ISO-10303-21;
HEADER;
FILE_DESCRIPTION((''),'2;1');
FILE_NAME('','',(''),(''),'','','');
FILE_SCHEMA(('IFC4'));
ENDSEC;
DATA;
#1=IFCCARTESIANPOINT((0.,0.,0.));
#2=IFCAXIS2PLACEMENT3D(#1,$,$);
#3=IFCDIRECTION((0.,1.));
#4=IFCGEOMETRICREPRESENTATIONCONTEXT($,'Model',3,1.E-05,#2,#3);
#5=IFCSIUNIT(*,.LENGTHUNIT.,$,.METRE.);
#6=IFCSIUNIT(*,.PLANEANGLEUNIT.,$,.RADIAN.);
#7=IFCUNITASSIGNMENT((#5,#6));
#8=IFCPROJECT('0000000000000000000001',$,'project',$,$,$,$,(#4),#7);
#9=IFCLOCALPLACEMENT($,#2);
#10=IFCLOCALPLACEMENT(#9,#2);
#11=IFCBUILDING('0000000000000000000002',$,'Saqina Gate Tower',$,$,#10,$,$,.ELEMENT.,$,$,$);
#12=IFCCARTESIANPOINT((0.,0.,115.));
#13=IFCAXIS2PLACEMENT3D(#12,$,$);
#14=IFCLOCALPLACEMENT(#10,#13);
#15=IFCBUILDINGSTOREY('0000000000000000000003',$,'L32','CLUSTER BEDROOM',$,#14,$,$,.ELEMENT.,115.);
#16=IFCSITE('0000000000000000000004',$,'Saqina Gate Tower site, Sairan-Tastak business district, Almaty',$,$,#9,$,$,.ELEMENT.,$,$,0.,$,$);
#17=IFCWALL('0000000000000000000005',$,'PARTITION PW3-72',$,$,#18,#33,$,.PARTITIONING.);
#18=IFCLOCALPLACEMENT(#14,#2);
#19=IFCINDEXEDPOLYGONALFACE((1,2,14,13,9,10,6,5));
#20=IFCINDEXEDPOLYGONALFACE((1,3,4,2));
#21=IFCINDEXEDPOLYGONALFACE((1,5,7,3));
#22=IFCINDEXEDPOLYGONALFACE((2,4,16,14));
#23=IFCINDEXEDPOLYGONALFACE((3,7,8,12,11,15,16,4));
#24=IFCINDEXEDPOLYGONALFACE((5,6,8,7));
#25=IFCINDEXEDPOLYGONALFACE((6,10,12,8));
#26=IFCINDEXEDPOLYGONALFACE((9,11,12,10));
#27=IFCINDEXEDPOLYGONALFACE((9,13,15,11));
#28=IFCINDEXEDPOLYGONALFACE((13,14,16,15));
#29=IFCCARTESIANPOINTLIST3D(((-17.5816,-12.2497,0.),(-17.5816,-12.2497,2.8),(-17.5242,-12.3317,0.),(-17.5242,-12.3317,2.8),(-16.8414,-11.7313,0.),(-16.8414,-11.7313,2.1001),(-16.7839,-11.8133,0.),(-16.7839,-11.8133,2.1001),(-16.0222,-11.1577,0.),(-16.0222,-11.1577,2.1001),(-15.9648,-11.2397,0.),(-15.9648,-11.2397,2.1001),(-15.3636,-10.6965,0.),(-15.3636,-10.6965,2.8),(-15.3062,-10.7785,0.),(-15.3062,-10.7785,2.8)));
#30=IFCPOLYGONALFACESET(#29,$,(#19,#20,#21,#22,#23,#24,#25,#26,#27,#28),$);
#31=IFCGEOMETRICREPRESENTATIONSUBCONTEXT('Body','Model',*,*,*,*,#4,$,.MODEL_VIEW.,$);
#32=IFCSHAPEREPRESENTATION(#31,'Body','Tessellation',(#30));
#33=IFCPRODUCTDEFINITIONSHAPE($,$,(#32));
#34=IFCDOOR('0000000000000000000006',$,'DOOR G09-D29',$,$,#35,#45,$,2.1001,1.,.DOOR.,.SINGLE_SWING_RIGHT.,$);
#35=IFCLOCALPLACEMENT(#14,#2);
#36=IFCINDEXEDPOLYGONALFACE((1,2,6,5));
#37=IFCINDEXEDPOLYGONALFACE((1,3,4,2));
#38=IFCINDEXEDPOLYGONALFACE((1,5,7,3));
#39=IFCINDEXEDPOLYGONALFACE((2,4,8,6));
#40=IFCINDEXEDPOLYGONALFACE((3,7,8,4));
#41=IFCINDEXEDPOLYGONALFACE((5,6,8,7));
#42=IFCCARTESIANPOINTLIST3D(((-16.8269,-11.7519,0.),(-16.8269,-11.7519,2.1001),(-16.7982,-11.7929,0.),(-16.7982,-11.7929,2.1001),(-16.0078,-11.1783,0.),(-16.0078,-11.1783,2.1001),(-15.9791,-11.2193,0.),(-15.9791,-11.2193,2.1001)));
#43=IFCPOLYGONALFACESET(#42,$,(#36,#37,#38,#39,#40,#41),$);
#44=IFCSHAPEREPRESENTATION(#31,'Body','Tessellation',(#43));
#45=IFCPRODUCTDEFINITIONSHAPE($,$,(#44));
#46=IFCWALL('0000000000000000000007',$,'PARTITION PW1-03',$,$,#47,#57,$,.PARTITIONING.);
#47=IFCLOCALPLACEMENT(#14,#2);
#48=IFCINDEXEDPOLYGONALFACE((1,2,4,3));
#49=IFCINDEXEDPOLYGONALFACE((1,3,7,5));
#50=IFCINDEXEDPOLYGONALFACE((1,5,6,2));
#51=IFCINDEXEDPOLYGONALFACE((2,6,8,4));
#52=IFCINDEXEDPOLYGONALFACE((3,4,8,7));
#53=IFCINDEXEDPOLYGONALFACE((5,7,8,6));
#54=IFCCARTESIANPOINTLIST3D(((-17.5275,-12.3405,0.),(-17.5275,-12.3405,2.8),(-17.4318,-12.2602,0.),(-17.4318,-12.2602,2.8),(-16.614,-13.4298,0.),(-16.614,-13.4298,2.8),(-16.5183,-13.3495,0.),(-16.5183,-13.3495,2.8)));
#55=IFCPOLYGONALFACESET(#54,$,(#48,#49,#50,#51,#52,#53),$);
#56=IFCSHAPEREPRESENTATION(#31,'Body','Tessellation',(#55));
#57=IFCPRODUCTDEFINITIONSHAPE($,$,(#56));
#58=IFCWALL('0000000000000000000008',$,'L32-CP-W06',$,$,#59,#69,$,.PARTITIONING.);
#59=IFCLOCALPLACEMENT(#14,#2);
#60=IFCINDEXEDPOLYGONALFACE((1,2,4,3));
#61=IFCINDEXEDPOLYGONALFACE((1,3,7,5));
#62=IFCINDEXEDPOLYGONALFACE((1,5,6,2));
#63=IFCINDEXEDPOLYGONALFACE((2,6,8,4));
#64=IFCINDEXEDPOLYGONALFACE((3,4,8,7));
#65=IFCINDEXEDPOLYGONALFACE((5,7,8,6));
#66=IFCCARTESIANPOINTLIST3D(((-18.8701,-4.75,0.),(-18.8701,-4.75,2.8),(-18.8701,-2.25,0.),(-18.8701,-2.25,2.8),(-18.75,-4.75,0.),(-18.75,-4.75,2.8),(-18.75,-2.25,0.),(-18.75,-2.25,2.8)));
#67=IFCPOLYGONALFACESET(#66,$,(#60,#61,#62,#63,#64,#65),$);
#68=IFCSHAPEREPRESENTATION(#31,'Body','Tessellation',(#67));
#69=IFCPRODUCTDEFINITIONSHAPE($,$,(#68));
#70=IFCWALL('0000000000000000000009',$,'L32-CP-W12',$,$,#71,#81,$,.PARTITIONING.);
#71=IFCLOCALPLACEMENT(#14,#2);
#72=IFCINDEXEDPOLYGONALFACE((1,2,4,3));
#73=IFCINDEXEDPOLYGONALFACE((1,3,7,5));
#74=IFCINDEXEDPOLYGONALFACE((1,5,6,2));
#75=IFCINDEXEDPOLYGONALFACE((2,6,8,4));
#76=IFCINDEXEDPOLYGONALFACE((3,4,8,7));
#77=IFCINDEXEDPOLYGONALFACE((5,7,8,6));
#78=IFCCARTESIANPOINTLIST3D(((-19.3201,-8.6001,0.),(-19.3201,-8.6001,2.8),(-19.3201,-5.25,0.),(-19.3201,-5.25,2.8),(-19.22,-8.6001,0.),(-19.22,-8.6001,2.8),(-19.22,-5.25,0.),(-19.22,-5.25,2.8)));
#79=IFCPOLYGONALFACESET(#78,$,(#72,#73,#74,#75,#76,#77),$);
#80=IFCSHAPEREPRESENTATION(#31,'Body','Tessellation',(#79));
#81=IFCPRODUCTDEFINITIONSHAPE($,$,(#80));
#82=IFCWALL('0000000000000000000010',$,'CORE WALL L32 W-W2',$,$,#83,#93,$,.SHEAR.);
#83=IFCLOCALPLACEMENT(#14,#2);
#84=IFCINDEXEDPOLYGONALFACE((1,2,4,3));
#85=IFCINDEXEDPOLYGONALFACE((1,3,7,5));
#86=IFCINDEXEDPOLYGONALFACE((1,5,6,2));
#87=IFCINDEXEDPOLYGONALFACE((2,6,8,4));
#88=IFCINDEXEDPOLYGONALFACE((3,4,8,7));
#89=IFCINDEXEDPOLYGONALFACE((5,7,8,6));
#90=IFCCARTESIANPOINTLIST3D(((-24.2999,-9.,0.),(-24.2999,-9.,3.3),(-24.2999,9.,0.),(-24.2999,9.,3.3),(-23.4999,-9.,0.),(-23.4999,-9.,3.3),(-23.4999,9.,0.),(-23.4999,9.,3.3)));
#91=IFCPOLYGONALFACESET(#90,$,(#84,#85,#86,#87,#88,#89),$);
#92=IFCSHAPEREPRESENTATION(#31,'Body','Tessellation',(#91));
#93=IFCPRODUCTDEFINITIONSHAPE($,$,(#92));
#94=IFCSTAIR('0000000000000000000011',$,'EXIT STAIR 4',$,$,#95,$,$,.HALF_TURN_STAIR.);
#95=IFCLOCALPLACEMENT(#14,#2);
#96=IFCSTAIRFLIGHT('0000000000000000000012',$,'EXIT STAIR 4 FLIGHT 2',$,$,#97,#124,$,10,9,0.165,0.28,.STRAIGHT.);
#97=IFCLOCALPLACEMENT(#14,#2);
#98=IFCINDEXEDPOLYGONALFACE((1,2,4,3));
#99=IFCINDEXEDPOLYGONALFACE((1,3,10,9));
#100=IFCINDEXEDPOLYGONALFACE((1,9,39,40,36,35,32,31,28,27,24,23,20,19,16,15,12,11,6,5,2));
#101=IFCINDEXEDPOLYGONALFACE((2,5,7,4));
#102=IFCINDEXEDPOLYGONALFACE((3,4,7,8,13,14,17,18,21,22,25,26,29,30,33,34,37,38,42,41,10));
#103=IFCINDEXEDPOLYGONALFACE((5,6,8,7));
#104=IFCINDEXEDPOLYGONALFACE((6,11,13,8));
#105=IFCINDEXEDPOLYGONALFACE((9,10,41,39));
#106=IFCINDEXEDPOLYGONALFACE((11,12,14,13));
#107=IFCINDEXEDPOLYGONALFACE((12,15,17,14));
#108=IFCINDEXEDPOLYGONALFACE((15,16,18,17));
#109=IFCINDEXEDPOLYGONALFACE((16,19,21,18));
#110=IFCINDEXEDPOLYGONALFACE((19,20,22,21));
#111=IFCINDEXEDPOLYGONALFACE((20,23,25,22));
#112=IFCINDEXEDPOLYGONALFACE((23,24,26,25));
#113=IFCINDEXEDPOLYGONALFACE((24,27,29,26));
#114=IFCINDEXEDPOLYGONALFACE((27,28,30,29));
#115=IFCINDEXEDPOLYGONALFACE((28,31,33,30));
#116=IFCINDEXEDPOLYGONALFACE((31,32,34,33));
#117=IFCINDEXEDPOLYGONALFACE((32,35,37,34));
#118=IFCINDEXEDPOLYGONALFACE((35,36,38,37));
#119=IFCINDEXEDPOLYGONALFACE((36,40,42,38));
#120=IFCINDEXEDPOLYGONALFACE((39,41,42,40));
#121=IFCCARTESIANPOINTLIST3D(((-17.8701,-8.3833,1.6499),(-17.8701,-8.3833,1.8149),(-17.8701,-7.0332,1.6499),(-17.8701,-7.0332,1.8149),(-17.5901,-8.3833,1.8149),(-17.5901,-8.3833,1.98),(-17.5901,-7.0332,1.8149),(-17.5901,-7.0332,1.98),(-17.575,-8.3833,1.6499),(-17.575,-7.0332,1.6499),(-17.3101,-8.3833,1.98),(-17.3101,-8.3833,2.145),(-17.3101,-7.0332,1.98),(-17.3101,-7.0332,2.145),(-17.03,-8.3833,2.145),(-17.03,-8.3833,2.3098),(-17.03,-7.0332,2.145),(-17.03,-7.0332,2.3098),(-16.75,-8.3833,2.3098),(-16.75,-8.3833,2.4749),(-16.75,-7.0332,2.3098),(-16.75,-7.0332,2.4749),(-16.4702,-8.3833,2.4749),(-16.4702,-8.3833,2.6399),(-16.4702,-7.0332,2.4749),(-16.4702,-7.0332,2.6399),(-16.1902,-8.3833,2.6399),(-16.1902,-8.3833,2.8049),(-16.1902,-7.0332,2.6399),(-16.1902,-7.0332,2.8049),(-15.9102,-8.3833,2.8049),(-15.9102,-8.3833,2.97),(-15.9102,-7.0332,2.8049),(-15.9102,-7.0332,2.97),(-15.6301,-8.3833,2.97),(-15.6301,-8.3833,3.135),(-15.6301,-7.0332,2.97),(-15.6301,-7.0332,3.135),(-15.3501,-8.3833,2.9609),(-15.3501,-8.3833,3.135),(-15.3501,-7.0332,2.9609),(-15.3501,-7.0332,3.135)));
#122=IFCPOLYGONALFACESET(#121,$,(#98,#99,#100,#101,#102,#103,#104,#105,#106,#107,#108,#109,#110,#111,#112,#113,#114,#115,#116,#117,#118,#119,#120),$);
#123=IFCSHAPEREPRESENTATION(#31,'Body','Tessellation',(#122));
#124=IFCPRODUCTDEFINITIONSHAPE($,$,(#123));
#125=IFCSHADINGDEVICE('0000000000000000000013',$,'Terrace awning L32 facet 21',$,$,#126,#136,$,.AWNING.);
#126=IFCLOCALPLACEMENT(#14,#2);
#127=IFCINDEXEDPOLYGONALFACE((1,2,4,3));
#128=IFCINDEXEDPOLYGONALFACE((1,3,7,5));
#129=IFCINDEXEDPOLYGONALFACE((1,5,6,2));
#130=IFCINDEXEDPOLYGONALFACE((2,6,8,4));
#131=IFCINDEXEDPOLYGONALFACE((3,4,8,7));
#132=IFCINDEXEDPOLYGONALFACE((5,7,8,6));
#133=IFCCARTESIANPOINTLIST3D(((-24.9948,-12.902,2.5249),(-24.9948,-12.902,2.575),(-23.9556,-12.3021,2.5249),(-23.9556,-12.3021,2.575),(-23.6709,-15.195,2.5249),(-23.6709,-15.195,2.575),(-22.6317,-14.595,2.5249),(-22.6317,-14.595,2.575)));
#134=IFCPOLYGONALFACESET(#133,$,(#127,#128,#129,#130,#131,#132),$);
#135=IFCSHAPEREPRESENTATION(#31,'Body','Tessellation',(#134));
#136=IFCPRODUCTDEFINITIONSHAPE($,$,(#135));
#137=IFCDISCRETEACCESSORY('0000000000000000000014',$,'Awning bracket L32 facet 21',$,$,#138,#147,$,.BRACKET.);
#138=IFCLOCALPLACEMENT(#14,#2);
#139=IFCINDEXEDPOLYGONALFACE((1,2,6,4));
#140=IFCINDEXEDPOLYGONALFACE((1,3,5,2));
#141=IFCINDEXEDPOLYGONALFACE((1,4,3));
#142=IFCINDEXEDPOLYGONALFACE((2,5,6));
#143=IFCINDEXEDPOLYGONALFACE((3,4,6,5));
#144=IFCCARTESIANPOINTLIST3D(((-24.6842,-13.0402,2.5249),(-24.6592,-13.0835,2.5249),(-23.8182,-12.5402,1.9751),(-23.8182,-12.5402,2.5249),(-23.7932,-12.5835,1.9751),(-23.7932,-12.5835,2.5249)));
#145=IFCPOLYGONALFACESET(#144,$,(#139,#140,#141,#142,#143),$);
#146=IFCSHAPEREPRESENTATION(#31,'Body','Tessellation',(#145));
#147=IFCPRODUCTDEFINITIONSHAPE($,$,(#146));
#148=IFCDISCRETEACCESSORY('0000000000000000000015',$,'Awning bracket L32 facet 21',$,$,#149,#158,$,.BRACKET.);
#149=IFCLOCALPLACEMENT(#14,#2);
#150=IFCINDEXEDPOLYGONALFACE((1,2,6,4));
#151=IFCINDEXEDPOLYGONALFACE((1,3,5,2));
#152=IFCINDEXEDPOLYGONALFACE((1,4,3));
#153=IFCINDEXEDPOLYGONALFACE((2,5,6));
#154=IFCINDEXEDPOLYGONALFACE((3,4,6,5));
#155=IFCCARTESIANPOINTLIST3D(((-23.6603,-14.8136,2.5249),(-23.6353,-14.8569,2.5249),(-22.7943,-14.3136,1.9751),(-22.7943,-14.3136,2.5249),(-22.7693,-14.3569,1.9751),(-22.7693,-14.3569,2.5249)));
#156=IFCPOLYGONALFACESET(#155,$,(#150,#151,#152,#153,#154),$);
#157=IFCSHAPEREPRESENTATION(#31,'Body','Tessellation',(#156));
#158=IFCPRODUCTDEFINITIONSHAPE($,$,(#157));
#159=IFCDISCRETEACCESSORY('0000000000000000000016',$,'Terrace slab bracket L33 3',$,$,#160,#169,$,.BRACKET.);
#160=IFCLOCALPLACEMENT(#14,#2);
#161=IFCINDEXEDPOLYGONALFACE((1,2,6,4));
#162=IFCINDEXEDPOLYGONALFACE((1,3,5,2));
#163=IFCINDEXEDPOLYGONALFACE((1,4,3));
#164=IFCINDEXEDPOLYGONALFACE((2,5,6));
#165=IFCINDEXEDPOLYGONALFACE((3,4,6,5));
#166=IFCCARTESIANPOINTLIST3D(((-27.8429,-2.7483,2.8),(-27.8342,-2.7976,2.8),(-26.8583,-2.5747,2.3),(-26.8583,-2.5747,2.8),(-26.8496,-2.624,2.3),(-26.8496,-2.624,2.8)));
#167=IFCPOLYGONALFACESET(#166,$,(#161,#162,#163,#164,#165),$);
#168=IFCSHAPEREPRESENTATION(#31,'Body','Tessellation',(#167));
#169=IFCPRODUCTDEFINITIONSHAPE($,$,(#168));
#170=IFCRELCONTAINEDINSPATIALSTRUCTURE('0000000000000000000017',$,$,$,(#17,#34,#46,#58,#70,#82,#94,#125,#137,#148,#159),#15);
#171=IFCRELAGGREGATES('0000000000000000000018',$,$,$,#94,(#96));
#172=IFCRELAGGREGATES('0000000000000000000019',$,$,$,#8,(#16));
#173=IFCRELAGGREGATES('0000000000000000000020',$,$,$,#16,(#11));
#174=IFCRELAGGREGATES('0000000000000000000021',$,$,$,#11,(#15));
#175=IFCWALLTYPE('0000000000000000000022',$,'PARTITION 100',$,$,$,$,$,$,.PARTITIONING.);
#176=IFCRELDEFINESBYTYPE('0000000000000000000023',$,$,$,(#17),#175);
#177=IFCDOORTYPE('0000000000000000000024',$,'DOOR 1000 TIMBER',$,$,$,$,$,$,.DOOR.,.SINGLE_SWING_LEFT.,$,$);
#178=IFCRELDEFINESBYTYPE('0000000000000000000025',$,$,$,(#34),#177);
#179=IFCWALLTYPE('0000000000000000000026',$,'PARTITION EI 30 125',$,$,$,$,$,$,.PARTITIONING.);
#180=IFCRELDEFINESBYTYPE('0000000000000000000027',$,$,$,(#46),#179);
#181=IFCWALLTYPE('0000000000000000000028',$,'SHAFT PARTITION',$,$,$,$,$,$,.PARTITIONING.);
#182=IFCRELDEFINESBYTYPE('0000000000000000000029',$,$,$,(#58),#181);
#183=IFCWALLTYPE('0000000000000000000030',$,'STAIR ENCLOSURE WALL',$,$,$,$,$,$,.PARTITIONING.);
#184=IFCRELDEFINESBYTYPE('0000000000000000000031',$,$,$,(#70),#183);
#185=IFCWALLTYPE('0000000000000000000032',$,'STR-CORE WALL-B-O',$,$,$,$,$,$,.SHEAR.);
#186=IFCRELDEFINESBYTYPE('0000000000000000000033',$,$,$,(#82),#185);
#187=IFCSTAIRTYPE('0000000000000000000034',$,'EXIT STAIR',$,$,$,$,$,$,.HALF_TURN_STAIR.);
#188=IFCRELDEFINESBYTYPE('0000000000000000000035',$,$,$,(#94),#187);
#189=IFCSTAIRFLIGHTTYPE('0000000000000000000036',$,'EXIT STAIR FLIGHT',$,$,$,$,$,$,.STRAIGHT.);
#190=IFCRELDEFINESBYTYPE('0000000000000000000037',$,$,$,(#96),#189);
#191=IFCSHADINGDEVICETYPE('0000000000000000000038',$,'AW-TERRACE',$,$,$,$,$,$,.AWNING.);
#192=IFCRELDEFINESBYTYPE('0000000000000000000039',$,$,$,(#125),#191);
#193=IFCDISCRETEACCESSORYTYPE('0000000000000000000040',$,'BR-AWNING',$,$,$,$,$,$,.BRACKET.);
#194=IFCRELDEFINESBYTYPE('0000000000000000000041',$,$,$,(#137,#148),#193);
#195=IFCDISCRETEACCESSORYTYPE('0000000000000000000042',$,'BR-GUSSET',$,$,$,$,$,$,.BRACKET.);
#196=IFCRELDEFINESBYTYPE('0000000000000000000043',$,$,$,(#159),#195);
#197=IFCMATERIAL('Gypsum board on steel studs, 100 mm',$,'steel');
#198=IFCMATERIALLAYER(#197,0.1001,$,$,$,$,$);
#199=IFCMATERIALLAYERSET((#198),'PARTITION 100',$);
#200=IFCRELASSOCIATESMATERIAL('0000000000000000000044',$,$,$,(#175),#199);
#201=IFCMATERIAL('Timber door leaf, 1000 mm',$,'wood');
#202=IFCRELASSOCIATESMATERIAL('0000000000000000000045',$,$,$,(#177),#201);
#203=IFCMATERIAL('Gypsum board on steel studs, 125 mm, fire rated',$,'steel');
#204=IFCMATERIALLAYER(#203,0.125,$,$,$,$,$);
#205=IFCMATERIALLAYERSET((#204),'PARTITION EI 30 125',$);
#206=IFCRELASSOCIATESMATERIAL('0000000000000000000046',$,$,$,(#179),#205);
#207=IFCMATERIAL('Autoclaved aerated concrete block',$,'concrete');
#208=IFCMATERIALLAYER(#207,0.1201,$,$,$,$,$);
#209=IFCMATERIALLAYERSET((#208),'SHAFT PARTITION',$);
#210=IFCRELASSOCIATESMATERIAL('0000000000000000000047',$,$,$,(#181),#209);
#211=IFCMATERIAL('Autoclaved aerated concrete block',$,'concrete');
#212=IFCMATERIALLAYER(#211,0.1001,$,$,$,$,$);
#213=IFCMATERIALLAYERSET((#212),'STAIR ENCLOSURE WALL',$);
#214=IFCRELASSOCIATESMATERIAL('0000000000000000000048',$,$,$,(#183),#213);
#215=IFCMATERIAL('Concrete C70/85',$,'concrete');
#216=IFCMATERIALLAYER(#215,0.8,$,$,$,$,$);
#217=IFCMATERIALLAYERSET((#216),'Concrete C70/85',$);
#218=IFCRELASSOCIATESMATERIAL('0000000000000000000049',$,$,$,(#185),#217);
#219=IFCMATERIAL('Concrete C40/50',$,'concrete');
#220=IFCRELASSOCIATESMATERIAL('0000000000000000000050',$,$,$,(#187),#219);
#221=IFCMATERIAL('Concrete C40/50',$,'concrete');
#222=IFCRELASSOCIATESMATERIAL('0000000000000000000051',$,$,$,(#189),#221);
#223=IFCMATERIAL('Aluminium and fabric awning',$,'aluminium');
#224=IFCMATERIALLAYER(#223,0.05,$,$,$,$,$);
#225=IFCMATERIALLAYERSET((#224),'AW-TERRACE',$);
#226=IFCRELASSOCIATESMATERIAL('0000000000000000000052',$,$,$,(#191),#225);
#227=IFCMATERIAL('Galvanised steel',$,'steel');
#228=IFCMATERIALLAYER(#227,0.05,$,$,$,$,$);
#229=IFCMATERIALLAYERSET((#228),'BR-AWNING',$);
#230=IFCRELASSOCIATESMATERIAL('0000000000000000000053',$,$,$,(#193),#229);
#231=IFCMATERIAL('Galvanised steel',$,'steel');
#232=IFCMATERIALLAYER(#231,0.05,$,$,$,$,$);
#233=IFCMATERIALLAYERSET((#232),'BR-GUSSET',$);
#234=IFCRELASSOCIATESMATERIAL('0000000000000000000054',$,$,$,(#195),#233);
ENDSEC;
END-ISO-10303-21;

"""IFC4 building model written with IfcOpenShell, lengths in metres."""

from ifc_helpers import new_model, si_unit, direction, frame, frame_2d, origin, origin_2d, place, context, subcontext, project, spatial, polyline, rectangle, outline, extrude, material, layer, layer_set, type_object, element, fill, aggregate, save


model = new_model("IFC4")

# Units and contexts
model_context = context("Model", 3, precision=1e-05, world=origin(), true_north=direction((0.0, 1.0)))
body_context = subcontext(model_context, "Body", "Model", "MODEL_VIEW")
ifc_project = project(units=[si_unit("LENGTHUNIT", "METRE"), si_unit("PLANEANGLEUNIT", "RADIAN")], contexts=[model_context])

# Site, building, storey
site_placement = place(None, origin())
site = spatial("IfcSite", under=ifc_project, at=site_placement, Name="Saqina Gate Tower site, Sairan-Tastak business district, Almaty", CompositionType="ELEMENT", RefElevation=0.0)
building_placement = place(site_placement, origin())
building = spatial("IfcBuilding", under=site, at=building_placement, Name="Saqina Gate Tower", CompositionType="ELEMENT")
storey_placement = place(building_placement, frame((0.0, 0.0, 115.0)))
storey = spatial("IfcBuildingStorey", under=building, at=storey_placement, Name="L32", Description="CLUSTER BEDROOM", CompositionType="ELEMENT", Elevation=115.0)

# Shared definitions
ifc_material_1 = material(Name="Gypsum board on steel studs, 100 mm", Category="steel")
ifc_layer_1 = layer(ifc_material_1, 0.1001)
ifc_layer_set_1 = layer_set([ifc_layer_1], Name="PARTITION 100")
wall_type_1 = type_object("IfcWallType", Name="PARTITION 100", PredefinedType="PARTITIONING", material=ifc_layer_set_1)

# Wall, opening, door
wall_1_placement = place(storey_placement, frame((-17.553, -12.2908, 0.0), z_axis=(0.0, 0.0, 1.0), x_axis=(0.819126, 0.573614, 0.0)))
wall_1 = element("IfcWall", 1, at=wall_1_placement, inside=storey, type_object=wall_type_1, Name="PARTITION PW3-72", PredefinedType="PARTITIONING", context=body_context, shape_type="SweptSolid", body=[
    extrude(rectangle(XDim=2.7078, YDim=0.1001, at=frame_2d((1.354, 0.0))), origin(), (0.0, 0.0, 1.0), 2.8),
])
opening_1_placement = place(wall_1_placement, frame((0.9038, 0.0, 0.0)))
opening_1 = element("IfcOpeningElement", 2, at=opening_1_placement, cuts=wall_1, PredefinedType="OPENING", context=body_context, shape_type="SweptSolid", body=[
    extrude(rectangle(XDim=1.0, YDim=2.1001, at=frame_2d((0.5, 1.05))), frame((0.0, 0.062, 0.0), z_axis=(0.0, -1.0, 0.0), x_axis=(1.0, 0.0, 0.0)), (0.0, 0.0, 1.0), 0.124),
])
ifc_material_2 = material(Name="Timber door leaf, 1000 mm", Category="wood")
door_type_1 = type_object("IfcDoorType", Name="DOOR 1000 TIMBER", OperationType="SINGLE_SWING_LEFT", PredefinedType="DOOR", material=ifc_material_2)
door_1_placement = place(opening_1_placement, origin())
door_1 = element("IfcDoor", 3, at=door_1_placement, inside=storey, type_object=door_type_1, Name="DOOR G09-D29", OperationType="SINGLE_SWING_RIGHT", OverallHeight=2.1001, OverallWidth=1.0, PredefinedType="DOOR", context=body_context, shape_type="SweptSolid", body=[
    extrude(rectangle(XDim=1.0, YDim=2.1001, at=frame_2d((0.5, 1.05))), frame((0.0, 0.0249, 0.0), z_axis=(0.0, -1.0, 0.0), x_axis=(1.0, 0.0, 0.0)), (0.0, 0.0, 1.0), 0.05),
])
fill(opening_1, door_1)

# Walls
ifc_material_3 = material(Name="Gypsum board on steel studs, 125 mm, fire rated", Category="steel")
ifc_layer_2 = layer(ifc_material_3, 0.125)
ifc_layer_set_2 = layer_set([ifc_layer_2], Name="PARTITION EI 30 125")
wall_type_2 = type_object("IfcWallType", Name="PARTITION EI 30 125", PredefinedType="PARTITIONING", material=ifc_layer_set_2)
wall_2_placement = place(storey_placement, frame((-17.4797, -12.3003, 0.0), z_axis=(0.0, 0.0, 1.0), x_axis=(0.64258, -0.766219, 0.0)))
element("IfcWall", 4, at=wall_2_placement, inside=storey, type_object=wall_type_2, Name="PARTITION PW1-03", PredefinedType="PARTITIONING", context=body_context, shape_type="SweptSolid", body=[
    extrude(rectangle(XDim=1.4216, YDim=0.125, at=frame_2d((0.7109, 0.0))), origin(), (0.0, 0.0, 1.0), 2.8),
])
ifc_material_4 = material(Name="Autoclaved aerated concrete block", Category="concrete")
ifc_layer_3 = layer(ifc_material_4, 0.1201)
ifc_layer_set_3 = layer_set([ifc_layer_3], Name="SHAFT PARTITION")
wall_type_3 = type_object("IfcWallType", Name="SHAFT PARTITION", PredefinedType="PARTITIONING", material=ifc_layer_set_3)
wall_3_placement = place(storey_placement, frame((-18.8101, -4.75, 0.0), z_axis=(0.0, 0.0, 1.0), x_axis=(0.0, 1.0, 0.0)))
element("IfcWall", 5, at=wall_3_placement, inside=storey, type_object=wall_type_3, Name="L32-CP-W06", PredefinedType="PARTITIONING", context=body_context, shape_type="SweptSolid", body=[
    extrude(rectangle(XDim=2.5, YDim=0.1201, at=frame_2d((1.25, 0.0))), origin(), (0.0, 0.0, 1.0), 2.8),
])
ifc_material_5 = material(Name="Autoclaved aerated concrete block", Category="concrete")
ifc_layer_4 = layer(ifc_material_5, 0.1001)
ifc_layer_set_4 = layer_set([ifc_layer_4], Name="STAIR ENCLOSURE WALL")
wall_type_4 = type_object("IfcWallType", Name="STAIR ENCLOSURE WALL", PredefinedType="PARTITIONING", material=ifc_layer_set_4)
wall_4_placement = place(storey_placement, frame((-19.27, -8.6001, 0.0), z_axis=(0.0, 0.0, 1.0), x_axis=(0.0, 1.0, 0.0)))
element("IfcWall", 6, at=wall_4_placement, inside=storey, type_object=wall_type_4, Name="L32-CP-W12", PredefinedType="PARTITIONING", context=body_context, shape_type="SweptSolid", body=[
    extrude(rectangle(XDim=3.3501, YDim=0.1001, at=frame_2d((1.675, 0.0))), origin(), (0.0, 0.0, 1.0), 2.8),
])
ifc_material_6 = material(Name="Concrete C70/85", Category="concrete")
ifc_layer_5 = layer(ifc_material_6, 0.8)
ifc_layer_set_5 = layer_set([ifc_layer_5], Name="Concrete C70/85")
wall_type_5 = type_object("IfcWallType", Name="STR-CORE WALL-B-O", PredefinedType="SHEAR", material=ifc_layer_set_5)
wall_5_placement = place(storey_placement, frame((-23.8999, -9.0, 0.0), z_axis=(0.0, 0.0, 1.0), x_axis=(0.0, 1.0, 0.0)))
element("IfcWall", 7, at=wall_5_placement, inside=storey, type_object=wall_type_5, Name="CORE WALL L32 W-W2", PredefinedType="SHEAR", context=body_context, shape_type="SweptSolid", body=[
    extrude(rectangle(XDim=18.0, YDim=0.8, at=frame_2d((9.0, 0.0))), origin(), (0.0, 0.0, 1.0), 3.3),
])

# Stair, stair flight
ifc_material_7 = material(Name="Concrete C40/50", Category="concrete")
stair_type = type_object("IfcStairType", Name="EXIT STAIR", PredefinedType="HALF_TURN_STAIR", material=ifc_material_7)
stair_placement = place(storey_placement, origin())
stair = element("IfcStair", 8, at=stair_placement, inside=storey, type_object=stair_type, Name="EXIT STAIR 4", PredefinedType="HALF_TURN_STAIR")
ifc_material_8 = material(Name="Concrete C40/50", Category="concrete")
stair_flight_type = type_object("IfcStairFlightType", Name="EXIT STAIR FLIGHT", PredefinedType="STRAIGHT", material=ifc_material_8)
stair_flight_placement = place(storey_placement, frame((-17.8701, -7.7083, 1.6499), z_axis=(0.0, 0.0, 1.0), x_axis=(1.0, 0.0, 0.0)))
stair_flight = element("IfcStairFlight", 9, at=stair_flight_placement, type_object=stair_flight_type, Name="EXIT STAIR 4 FLIGHT 2", NumberOfRisers=10, NumberOfTreads=9, PredefinedType="STRAIGHT", RiserHeight=0.165, TreadLength=0.28, context=body_context, shape_type="SweptSolid", body=[
    extrude(outline(polyline([(0.0, 0.0), (0.0, 0.165), (0.28, 0.165), (0.28, 0.3301), (0.5601, 0.3301), (0.5601, 0.4951), (0.8401, 0.4951), (0.8401, 0.6599), (1.1201, 0.6599), (1.1201, 0.825), (1.3999, 0.825), (1.3999, 0.99), (1.6799, 0.99), (1.6799, 1.155), (1.96, 1.155), (1.96, 1.3201), (2.24, 1.3201), (2.24, 1.4851), (2.52, 1.4851), (2.52, 1.6499), (2.52, 1.311), (0.2952, 0.0), (0.0, 0.0)])), frame((0.0, 0.675, 0.0), z_axis=(0.0, -1.0, 0.0), x_axis=(1.0, 0.0, 0.0)), (0.0, 0.0, 1.0), 1.3501),
])
aggregate(stair, [stair_flight])

# Shading device
ifc_material_9 = material(Name="Aluminium and fabric awning", Category="aluminium")
ifc_layer_6 = layer(ifc_material_9, 0.05)
ifc_layer_set_6 = layer_set([ifc_layer_6], Name="AW-TERRACE")
shading_device_type = type_object("IfcShadingDeviceType", Name="AW-TERRACE", PredefinedType="AWNING", material=ifc_layer_set_6)
shading_device_placement = place(storey_placement, frame((-23.8132, -13.7485, 2.5249), z_axis=(0.0, 0.0, 1.0), x_axis=(0.5, -0.866025, 0.0)))
element("IfcShadingDevice", 10, at=shading_device_placement, inside=storey, type_object=shading_device_type, Name="Terrace awning L32 facet 21", PredefinedType="AWNING", context=body_context, shape_type="SweptSolid", body=[
    extrude(rectangle(XDim=2.6477, YDim=1.2, at=origin_2d()), origin(), (0.0, 0.0, 1.0), 0.05),
])

# Discrete accessories
ifc_material_10 = material(Name="Galvanised steel", Category="steel")
ifc_layer_7 = layer(ifc_material_10, 0.05)
ifc_layer_set_7 = layer_set([ifc_layer_7], Name="BR-AWNING")
discrete_accessory_type_1 = type_object("IfcDiscreteAccessoryType", Name="BR-AWNING", PredefinedType="BRACKET", material=ifc_layer_set_7)
for number, where, z_axis, x_axis, name in (
    (11, (-23.7932, -12.5835, 1.9751), (0.500025, -0.866011, 0.0), (0.0, 0.0, 1.0), "Awning bracket L32 facet 21"),
    (12, (-22.7693, -14.3569, 1.9751), (0.500025, -0.866011, 0.0), (0.0, 0.0, 1.0), "Awning bracket L32 facet 21"),
):
    element("IfcDiscreteAccessory", number, at=place(storey_placement, frame(where, z_axis=z_axis, x_axis=x_axis)), inside=storey, type_object=discrete_accessory_type_1, Name=name, PredefinedType="BRACKET", context=body_context, shape_type="SweptSolid", body=[
        extrude(outline(polyline([(0.0, 0.0), (0.5498, 0.0), (0.5498, 0.9999), (0.0, 0.0)])), origin(), (0.0, 0.0, -1.0), 0.05),
    ])
ifc_material_11 = material(Name="Galvanised steel", Category="steel")
ifc_layer_8 = layer(ifc_material_11, 0.05)
ifc_layer_set_8 = layer_set([ifc_layer_8], Name="BR-GUSSET")
discrete_accessory_type_2 = type_object("IfcDiscreteAccessoryType", Name="BR-GUSSET", PredefinedType="BRACKET", material=ifc_layer_set_8)
discrete_accessory_1_placement = place(storey_placement, frame((-26.8496, -2.624, 2.3), z_axis=(0.173618, -0.984813, 0.0), x_axis=(0.0, 0.0, 1.0)))
element("IfcDiscreteAccessory", 13, at=discrete_accessory_1_placement, inside=storey, type_object=discrete_accessory_type_2, Name="Terrace slab bracket L33 3", PredefinedType="BRACKET", context=body_context, shape_type="SweptSolid", body=[
    extrude(outline(polyline([(0.0, 0.0), (0.5, 0.0), (0.5, 0.9998), (0.0, 0.0)])), origin(), (0.0, 0.0, -1.0), 0.05),
])

save(model, "model.ifc")
